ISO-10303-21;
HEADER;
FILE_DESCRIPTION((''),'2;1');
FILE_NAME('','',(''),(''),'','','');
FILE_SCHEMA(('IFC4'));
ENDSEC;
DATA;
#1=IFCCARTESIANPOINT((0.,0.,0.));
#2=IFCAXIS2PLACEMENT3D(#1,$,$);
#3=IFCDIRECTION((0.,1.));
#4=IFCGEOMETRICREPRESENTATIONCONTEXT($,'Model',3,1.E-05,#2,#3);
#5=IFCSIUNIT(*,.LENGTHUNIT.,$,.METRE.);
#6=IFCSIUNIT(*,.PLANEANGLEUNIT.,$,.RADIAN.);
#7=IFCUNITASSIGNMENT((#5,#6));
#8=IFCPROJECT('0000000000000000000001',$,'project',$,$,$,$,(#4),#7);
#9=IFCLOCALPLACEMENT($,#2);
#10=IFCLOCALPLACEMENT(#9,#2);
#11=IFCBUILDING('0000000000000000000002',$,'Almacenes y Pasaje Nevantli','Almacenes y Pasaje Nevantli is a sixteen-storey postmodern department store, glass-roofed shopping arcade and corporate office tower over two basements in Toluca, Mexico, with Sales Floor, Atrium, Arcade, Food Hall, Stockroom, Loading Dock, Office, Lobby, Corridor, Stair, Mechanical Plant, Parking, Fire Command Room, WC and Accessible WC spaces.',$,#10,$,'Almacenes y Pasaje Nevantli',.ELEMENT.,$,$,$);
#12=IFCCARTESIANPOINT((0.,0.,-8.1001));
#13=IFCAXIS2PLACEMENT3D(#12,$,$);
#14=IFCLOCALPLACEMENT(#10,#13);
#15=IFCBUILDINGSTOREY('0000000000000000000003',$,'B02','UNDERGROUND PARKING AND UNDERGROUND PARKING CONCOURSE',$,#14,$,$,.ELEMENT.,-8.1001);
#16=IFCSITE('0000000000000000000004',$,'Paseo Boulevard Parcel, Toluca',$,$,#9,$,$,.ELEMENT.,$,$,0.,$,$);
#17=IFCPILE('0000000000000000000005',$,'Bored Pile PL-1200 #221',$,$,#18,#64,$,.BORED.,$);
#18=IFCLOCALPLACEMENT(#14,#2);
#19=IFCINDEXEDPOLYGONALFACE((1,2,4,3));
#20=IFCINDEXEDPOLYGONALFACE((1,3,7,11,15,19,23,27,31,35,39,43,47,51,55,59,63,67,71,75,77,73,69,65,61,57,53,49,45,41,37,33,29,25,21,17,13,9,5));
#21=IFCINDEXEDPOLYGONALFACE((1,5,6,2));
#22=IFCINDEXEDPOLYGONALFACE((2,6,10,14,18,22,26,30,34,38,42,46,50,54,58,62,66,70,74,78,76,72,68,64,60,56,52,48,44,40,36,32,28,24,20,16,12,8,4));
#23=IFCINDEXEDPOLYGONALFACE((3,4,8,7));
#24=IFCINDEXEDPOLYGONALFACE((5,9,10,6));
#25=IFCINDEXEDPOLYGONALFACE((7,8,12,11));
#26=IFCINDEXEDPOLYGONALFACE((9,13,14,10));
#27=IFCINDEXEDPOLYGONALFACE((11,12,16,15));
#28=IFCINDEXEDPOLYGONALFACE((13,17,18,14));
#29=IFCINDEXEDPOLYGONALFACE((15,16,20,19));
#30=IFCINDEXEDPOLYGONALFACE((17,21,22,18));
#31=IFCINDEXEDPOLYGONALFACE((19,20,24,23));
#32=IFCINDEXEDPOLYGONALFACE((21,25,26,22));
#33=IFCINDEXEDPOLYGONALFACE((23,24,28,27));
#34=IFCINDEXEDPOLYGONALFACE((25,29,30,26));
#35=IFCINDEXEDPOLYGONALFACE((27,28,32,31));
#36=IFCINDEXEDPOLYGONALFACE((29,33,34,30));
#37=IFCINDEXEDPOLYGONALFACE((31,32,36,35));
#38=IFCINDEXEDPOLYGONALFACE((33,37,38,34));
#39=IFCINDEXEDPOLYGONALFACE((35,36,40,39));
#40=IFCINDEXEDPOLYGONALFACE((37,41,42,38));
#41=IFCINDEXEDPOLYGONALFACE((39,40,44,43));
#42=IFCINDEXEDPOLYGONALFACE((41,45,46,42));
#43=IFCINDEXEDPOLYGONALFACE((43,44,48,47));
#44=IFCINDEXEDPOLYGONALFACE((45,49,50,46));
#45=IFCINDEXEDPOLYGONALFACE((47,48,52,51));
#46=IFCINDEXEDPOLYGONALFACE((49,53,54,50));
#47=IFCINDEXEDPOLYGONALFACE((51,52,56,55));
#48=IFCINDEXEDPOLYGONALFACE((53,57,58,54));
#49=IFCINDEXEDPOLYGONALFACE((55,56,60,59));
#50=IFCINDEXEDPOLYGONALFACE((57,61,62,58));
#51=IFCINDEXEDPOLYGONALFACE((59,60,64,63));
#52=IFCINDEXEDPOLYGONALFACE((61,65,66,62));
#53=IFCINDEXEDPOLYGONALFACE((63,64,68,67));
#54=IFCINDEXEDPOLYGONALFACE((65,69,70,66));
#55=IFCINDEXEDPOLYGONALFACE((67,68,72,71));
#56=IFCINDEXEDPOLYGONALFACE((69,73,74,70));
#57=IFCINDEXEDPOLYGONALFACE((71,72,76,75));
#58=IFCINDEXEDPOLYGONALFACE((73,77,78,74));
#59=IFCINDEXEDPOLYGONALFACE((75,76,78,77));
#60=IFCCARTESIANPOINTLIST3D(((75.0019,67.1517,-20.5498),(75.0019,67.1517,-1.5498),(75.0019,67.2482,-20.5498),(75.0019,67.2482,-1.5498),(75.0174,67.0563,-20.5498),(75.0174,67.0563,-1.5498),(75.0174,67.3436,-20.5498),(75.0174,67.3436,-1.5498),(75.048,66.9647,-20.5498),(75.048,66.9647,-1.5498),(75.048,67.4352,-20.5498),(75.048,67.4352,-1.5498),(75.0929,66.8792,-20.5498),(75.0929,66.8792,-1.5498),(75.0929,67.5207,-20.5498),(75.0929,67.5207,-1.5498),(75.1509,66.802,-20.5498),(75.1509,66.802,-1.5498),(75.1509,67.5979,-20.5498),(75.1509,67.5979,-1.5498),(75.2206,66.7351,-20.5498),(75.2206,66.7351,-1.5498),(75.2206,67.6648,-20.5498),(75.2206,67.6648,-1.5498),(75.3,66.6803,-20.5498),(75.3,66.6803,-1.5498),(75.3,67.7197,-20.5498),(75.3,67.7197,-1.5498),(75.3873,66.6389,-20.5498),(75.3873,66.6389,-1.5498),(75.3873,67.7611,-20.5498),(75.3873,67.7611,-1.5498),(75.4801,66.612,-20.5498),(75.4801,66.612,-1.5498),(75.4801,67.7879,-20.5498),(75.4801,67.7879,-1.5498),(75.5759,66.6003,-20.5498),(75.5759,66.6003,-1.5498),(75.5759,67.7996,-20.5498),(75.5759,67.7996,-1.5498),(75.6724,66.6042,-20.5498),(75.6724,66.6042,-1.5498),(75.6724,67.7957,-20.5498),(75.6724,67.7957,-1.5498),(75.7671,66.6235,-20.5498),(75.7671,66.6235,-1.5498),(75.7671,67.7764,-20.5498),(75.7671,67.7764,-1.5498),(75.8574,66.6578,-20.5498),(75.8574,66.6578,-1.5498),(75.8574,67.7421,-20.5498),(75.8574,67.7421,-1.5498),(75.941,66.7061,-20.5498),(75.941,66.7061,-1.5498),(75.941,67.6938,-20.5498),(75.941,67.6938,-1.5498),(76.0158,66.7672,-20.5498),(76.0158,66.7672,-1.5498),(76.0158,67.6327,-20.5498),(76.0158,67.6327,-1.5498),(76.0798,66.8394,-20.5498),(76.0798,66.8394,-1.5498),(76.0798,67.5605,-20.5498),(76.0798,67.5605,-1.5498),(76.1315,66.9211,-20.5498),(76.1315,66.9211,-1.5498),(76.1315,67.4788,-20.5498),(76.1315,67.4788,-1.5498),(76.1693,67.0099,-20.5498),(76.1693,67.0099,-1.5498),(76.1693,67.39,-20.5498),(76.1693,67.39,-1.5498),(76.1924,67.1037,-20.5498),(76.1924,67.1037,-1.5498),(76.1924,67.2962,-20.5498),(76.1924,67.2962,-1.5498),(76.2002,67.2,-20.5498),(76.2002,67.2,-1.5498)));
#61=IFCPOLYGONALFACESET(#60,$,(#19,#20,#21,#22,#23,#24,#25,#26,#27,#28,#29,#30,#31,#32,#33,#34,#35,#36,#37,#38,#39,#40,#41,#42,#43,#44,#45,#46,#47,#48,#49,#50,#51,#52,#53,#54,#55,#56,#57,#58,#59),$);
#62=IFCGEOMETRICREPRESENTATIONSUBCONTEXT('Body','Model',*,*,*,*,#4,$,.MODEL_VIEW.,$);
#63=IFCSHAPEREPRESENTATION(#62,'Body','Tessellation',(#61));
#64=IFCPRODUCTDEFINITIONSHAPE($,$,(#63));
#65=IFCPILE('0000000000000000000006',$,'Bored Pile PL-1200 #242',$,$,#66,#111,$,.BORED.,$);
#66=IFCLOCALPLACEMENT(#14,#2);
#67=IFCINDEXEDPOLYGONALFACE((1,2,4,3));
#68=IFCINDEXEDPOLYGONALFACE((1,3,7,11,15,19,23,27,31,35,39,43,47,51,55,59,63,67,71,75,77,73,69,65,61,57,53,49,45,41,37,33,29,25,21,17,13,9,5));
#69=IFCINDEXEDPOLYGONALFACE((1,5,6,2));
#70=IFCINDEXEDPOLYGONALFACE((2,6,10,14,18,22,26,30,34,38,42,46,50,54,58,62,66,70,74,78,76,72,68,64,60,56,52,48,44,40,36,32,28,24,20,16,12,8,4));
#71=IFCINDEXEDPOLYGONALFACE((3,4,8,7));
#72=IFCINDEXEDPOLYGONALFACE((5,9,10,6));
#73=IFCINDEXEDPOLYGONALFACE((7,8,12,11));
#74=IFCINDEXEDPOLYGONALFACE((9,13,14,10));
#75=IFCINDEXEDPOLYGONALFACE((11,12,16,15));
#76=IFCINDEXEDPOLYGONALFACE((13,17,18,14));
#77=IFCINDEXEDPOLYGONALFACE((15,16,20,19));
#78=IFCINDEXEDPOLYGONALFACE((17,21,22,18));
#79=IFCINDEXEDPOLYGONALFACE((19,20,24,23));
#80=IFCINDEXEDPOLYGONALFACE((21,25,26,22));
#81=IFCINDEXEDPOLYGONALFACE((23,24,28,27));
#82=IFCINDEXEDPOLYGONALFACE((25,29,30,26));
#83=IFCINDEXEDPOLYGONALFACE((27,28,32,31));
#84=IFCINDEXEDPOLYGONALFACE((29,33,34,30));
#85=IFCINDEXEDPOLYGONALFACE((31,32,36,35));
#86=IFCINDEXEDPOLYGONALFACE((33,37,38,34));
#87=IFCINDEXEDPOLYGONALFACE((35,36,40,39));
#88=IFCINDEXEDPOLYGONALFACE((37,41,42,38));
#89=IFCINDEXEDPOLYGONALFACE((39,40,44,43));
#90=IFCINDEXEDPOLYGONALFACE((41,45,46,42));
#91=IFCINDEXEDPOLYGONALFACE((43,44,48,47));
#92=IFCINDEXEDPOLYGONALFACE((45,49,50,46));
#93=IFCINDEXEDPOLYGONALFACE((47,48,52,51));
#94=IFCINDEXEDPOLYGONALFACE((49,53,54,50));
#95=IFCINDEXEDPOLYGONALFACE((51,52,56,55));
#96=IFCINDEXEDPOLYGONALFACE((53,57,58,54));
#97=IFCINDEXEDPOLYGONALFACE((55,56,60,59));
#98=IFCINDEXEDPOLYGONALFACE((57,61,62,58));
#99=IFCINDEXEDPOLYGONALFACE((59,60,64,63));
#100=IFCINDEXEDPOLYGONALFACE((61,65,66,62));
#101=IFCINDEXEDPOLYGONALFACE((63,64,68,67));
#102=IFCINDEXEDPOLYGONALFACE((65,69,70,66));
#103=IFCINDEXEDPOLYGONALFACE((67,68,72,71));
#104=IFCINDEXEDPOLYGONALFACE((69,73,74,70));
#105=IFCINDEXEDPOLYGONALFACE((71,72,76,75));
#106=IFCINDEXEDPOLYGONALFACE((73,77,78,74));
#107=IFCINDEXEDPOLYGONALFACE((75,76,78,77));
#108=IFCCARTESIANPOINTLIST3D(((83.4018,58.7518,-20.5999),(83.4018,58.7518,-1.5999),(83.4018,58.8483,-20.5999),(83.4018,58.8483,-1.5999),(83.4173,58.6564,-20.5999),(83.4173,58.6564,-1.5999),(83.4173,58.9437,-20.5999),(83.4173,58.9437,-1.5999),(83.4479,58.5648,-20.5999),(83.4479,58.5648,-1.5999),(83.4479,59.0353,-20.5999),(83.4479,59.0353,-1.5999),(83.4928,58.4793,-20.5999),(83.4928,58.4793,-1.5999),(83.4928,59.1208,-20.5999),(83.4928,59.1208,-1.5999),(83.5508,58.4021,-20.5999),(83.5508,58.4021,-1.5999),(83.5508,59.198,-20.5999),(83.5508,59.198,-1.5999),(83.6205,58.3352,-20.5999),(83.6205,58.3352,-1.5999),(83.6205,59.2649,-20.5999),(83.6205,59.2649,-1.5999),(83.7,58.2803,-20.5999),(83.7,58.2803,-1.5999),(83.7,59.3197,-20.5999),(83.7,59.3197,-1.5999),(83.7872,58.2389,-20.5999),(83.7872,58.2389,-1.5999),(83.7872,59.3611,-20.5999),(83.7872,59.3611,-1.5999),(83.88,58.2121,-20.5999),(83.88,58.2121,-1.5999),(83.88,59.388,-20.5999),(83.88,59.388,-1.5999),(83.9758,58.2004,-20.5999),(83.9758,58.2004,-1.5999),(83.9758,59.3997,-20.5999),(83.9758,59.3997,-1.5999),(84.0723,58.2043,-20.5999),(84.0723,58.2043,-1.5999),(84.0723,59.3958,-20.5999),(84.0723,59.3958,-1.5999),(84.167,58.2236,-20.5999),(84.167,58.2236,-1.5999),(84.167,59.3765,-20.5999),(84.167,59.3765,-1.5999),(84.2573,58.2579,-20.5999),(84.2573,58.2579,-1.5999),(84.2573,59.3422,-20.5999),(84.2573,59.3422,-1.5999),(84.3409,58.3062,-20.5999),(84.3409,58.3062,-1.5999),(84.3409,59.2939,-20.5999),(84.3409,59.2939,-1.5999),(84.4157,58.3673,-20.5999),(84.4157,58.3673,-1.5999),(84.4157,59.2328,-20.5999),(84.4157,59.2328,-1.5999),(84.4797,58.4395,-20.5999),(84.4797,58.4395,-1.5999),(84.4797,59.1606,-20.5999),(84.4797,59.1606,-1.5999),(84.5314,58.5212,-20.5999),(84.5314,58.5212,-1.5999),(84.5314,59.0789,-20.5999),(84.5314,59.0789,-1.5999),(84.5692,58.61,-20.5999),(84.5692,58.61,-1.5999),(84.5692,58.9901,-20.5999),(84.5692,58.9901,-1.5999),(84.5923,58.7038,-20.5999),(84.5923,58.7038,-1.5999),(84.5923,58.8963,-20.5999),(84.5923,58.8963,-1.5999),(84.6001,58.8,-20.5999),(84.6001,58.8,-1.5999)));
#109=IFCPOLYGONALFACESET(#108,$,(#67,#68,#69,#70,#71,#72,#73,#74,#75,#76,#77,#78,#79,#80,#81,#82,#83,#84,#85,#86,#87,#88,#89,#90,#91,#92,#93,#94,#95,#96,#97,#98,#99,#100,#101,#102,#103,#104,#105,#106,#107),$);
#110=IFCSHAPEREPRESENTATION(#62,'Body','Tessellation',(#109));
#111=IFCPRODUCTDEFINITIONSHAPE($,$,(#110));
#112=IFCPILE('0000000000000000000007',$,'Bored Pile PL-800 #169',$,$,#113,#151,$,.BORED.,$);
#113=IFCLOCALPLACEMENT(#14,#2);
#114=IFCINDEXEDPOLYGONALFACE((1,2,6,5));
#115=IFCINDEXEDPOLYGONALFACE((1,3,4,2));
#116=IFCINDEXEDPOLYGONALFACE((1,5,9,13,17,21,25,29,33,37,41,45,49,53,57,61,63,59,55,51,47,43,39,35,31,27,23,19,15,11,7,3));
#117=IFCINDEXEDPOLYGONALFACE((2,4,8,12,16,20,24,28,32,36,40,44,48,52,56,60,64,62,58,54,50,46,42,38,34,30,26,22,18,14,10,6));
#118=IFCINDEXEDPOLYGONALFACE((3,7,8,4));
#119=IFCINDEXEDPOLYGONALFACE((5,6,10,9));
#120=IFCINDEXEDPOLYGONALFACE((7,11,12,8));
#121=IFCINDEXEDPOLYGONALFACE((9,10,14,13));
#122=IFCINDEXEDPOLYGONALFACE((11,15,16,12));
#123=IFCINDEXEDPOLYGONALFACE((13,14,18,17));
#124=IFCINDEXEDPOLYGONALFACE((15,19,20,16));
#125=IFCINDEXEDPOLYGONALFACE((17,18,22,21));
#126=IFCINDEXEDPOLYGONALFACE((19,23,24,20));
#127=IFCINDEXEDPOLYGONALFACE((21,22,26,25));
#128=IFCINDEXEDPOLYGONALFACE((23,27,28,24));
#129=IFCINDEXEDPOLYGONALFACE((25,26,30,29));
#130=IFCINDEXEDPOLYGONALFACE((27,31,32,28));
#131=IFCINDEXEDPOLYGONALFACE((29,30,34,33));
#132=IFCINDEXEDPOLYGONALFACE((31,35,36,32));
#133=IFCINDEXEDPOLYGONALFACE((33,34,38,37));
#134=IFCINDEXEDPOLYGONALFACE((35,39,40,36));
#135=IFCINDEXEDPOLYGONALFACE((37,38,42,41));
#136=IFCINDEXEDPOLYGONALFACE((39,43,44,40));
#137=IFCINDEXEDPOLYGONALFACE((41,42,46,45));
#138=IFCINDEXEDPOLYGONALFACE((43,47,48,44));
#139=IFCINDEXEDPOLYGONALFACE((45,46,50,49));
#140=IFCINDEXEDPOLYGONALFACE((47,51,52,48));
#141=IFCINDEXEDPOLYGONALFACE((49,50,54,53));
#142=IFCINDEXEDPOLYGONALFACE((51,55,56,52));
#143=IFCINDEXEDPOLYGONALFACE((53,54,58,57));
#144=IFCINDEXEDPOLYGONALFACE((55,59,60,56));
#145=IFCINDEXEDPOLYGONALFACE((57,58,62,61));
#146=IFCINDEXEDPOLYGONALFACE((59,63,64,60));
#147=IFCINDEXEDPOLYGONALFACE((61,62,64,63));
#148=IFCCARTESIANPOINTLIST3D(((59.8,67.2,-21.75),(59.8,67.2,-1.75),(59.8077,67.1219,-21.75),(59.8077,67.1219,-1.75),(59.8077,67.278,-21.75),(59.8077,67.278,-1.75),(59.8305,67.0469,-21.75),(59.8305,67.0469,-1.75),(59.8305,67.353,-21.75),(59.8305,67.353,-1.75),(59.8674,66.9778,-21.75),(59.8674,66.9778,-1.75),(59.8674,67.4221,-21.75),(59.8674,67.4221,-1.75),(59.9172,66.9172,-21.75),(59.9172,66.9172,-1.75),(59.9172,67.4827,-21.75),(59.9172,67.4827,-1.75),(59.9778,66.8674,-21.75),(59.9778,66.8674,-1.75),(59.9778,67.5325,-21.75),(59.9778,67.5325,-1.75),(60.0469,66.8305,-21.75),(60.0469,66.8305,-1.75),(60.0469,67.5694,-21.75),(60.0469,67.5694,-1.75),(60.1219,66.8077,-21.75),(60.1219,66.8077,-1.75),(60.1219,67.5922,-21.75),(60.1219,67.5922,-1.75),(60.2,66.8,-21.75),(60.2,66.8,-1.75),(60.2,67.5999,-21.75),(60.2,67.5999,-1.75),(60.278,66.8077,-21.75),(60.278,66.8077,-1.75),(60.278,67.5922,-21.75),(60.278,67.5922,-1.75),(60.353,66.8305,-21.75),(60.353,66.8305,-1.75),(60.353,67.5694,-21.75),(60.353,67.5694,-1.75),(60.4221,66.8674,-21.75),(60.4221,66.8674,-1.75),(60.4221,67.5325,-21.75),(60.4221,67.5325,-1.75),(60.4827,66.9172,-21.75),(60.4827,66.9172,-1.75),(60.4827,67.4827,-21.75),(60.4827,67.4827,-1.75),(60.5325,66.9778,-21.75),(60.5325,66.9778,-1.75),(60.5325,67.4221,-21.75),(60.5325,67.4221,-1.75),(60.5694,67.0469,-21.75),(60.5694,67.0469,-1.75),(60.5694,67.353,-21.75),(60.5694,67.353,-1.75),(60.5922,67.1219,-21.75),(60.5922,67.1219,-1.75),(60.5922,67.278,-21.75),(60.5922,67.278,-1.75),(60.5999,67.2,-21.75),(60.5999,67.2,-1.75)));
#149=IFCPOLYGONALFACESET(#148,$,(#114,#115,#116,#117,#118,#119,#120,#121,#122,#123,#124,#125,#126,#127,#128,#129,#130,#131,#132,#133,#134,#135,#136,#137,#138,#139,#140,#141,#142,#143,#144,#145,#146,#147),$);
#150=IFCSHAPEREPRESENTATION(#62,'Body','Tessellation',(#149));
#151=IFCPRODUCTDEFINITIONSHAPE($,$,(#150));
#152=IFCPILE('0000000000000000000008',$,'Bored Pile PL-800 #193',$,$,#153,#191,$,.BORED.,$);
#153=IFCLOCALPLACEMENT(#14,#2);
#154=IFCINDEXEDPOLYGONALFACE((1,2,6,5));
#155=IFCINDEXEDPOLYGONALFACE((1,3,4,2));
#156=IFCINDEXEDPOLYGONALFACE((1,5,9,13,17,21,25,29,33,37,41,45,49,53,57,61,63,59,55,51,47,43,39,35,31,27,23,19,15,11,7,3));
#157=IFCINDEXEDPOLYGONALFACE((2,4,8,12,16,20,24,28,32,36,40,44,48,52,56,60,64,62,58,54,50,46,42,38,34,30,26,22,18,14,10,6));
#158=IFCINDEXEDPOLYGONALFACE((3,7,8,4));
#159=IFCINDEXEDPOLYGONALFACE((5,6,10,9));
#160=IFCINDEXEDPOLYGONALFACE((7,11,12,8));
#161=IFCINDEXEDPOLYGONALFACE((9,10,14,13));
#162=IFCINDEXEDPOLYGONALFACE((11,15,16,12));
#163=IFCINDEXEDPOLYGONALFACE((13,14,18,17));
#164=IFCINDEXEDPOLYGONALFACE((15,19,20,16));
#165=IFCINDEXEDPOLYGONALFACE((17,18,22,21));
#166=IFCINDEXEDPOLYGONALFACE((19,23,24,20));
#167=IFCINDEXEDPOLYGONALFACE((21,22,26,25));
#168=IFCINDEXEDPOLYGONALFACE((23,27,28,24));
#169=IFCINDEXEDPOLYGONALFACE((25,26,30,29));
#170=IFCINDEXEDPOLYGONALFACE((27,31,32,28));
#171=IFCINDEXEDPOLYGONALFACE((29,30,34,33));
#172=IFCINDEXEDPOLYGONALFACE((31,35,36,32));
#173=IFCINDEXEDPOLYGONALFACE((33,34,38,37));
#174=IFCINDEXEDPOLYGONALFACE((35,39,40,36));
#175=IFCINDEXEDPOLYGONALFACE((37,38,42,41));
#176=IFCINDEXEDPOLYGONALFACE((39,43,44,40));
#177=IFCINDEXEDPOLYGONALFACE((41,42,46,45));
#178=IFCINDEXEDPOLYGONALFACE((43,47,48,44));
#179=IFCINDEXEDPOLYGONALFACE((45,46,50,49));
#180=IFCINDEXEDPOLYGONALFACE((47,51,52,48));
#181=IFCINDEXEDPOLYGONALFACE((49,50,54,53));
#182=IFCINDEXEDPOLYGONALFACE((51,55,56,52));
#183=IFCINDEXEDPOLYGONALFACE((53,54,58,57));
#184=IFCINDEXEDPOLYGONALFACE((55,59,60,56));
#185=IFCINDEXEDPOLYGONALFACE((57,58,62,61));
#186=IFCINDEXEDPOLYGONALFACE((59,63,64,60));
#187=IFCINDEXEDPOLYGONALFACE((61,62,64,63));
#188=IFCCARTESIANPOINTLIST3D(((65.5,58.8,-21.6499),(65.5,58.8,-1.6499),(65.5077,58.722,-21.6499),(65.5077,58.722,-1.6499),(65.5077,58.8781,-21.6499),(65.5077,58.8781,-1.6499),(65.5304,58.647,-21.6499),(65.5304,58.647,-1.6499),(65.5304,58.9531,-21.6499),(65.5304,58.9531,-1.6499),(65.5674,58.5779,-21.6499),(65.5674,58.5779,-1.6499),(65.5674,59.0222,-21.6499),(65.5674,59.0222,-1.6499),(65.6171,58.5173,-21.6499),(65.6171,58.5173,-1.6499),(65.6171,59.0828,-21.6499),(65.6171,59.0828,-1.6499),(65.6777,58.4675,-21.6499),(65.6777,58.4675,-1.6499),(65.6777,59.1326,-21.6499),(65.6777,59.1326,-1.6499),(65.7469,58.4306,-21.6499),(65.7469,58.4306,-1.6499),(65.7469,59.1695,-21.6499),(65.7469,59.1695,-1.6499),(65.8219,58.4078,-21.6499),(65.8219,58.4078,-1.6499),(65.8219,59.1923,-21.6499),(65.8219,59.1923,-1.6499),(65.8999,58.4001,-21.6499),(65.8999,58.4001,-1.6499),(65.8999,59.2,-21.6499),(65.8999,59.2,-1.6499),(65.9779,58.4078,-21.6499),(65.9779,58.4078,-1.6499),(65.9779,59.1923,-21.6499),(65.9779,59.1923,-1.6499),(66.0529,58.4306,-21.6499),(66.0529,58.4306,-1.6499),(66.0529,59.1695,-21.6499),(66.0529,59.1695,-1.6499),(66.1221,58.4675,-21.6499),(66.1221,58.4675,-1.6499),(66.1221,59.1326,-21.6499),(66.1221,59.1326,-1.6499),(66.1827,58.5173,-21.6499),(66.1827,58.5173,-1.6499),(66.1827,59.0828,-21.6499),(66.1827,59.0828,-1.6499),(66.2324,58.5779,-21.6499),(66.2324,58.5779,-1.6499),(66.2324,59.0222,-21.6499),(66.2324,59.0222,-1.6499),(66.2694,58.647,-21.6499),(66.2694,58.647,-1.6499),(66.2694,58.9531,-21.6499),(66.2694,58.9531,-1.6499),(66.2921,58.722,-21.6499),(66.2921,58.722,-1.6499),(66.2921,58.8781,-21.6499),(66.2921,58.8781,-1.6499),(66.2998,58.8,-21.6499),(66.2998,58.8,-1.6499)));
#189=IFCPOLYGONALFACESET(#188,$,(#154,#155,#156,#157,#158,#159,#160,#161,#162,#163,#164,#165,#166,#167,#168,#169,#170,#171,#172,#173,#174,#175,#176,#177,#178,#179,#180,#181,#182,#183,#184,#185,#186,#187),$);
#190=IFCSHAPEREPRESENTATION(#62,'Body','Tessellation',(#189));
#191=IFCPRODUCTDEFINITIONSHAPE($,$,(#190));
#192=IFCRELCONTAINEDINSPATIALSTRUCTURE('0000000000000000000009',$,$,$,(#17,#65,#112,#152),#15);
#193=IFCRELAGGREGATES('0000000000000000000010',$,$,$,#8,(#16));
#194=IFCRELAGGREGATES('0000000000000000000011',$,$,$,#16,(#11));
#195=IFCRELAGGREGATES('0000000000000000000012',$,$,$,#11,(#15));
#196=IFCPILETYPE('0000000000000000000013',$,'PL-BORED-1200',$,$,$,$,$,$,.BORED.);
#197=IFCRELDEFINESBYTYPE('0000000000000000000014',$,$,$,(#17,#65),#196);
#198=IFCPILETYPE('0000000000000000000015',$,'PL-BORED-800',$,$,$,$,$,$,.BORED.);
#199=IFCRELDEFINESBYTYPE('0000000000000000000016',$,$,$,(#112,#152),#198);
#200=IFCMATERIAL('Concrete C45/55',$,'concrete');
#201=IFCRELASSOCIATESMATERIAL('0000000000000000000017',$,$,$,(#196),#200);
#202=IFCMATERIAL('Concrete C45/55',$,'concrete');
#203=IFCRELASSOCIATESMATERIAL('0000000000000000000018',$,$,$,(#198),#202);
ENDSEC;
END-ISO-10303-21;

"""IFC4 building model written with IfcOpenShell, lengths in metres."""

from ifc_helpers import new_model, si_unit, direction, frame, origin, origin_2d, place, context, subcontext, project, spatial, circle, extrude, material, material_profile, profile_set, type_object, element, save


model = new_model("IFC4")

# Units and contexts
model_context = context("Model", 3, precision=1e-05, world=origin(), true_north=direction((0.0, 1.0)))
body_context = subcontext(model_context, "Body", "Model", "MODEL_VIEW")
ifc_project = project(units=[si_unit("LENGTHUNIT", "METRE"), si_unit("PLANEANGLEUNIT", "RADIAN")], contexts=[model_context])

# Site, building, storey
site_placement = place(None, origin())
site = spatial("IfcSite", under=ifc_project, at=site_placement, Name="Paseo Boulevard Parcel, Toluca", CompositionType="ELEMENT", RefElevation=0.0)
building_placement = place(site_placement, origin())
building = spatial("IfcBuilding", under=site, at=building_placement, Name="Almacenes y Pasaje Nevantli", Description="Almacenes y Pasaje Nevantli is a sixteen-storey postmodern department store, glass-roofed shopping arcade and corporate office tower over two basements in Toluca, Mexico, with Sales Floor, Atrium, Arcade, Food Hall, Stockroom, Loading Dock, Office, Lobby, Corridor, Stair, Mechanical Plant, Parking, Fire Command Room, WC and Accessible WC spaces.", LongName="Almacenes y Pasaje Nevantli", CompositionType="ELEMENT")
storey_placement = place(building_placement, frame((0.0, 0.0, -8.1001)))
storey = spatial("IfcBuildingStorey", under=building, at=storey_placement, Name="B02", Description="UNDERGROUND PARKING AND UNDERGROUND PARKING CONCOURSE", CompositionType="ELEMENT", Elevation=-8.1001)

# Piles
ifc_material_1 = material(Name="Concrete C45/55", Category="concrete")
ifc_material_profile_1 = material_profile(ifc_material_1, circle(Radius=0.6001, at=origin_2d()), Name="RC-PILE-D1200")
ifc_profile_set_1 = profile_set([ifc_material_profile_1], Name="Concrete C45/55")
pile_type_1 = type_object("IfcPileType", Name="PL-BORED-1200", PredefinedType="BORED", material=ifc_profile_set_1)
for number, where, z_axis, x_axis, name in (
    (1, (75.6001, 67.2, -1.5498), (0.0, 0.0, -1.0), (1.0, 0.0, 0.0), "Bored Pile PL-1200 #221"),
    (2, (84.0, 58.8, -1.5999), (0.0, 0.0, -1.0), (1.0, 0.0, 0.0), "Bored Pile PL-1200 #242"),
):
    element("IfcPile", number, at=place(storey_placement, frame(where, z_axis=z_axis, x_axis=x_axis)), inside=storey, type_object=pile_type_1, Name=name, PredefinedType="BORED", context=body_context, shape_type="SweptSolid", body=[
        extrude(circle(Radius=0.6001, at=origin_2d()), origin(), (0.0, 0.0, 1.0), 19.0),
    ])
ifc_material_2 = material(Name="Concrete C45/55", Category="concrete")
ifc_material_profile_2 = material_profile(ifc_material_2, circle(Radius=0.3999, at=origin_2d()), Name="RC-PILE-D800")
ifc_profile_set_2 = profile_set([ifc_material_profile_2], Name="Concrete C45/55")
pile_type_2 = type_object("IfcPileType", Name="PL-BORED-800", PredefinedType="BORED", material=ifc_profile_set_2)
for number, where, z_axis, x_axis, name in (
    (3, (60.2, 67.2, -1.75), (0.0, 0.0, -1.0), (1.0, 0.0, 0.0), "Bored Pile PL-800 #169"),
    (4, (65.8999, 58.8, -1.6499), (0.0, 0.0, -1.0), (1.0, 0.0, 0.0), "Bored Pile PL-800 #193"),
):
    element("IfcPile", number, at=place(storey_placement, frame(where, z_axis=z_axis, x_axis=x_axis)), inside=storey, type_object=pile_type_2, Name=name, PredefinedType="BORED", context=body_context, shape_type="SweptSolid", body=[
        extrude(circle(Radius=0.3999, at=origin_2d()), origin(), (0.0, 0.0, 1.0), 20.0),
    ])

save(model, "model.ifc")
